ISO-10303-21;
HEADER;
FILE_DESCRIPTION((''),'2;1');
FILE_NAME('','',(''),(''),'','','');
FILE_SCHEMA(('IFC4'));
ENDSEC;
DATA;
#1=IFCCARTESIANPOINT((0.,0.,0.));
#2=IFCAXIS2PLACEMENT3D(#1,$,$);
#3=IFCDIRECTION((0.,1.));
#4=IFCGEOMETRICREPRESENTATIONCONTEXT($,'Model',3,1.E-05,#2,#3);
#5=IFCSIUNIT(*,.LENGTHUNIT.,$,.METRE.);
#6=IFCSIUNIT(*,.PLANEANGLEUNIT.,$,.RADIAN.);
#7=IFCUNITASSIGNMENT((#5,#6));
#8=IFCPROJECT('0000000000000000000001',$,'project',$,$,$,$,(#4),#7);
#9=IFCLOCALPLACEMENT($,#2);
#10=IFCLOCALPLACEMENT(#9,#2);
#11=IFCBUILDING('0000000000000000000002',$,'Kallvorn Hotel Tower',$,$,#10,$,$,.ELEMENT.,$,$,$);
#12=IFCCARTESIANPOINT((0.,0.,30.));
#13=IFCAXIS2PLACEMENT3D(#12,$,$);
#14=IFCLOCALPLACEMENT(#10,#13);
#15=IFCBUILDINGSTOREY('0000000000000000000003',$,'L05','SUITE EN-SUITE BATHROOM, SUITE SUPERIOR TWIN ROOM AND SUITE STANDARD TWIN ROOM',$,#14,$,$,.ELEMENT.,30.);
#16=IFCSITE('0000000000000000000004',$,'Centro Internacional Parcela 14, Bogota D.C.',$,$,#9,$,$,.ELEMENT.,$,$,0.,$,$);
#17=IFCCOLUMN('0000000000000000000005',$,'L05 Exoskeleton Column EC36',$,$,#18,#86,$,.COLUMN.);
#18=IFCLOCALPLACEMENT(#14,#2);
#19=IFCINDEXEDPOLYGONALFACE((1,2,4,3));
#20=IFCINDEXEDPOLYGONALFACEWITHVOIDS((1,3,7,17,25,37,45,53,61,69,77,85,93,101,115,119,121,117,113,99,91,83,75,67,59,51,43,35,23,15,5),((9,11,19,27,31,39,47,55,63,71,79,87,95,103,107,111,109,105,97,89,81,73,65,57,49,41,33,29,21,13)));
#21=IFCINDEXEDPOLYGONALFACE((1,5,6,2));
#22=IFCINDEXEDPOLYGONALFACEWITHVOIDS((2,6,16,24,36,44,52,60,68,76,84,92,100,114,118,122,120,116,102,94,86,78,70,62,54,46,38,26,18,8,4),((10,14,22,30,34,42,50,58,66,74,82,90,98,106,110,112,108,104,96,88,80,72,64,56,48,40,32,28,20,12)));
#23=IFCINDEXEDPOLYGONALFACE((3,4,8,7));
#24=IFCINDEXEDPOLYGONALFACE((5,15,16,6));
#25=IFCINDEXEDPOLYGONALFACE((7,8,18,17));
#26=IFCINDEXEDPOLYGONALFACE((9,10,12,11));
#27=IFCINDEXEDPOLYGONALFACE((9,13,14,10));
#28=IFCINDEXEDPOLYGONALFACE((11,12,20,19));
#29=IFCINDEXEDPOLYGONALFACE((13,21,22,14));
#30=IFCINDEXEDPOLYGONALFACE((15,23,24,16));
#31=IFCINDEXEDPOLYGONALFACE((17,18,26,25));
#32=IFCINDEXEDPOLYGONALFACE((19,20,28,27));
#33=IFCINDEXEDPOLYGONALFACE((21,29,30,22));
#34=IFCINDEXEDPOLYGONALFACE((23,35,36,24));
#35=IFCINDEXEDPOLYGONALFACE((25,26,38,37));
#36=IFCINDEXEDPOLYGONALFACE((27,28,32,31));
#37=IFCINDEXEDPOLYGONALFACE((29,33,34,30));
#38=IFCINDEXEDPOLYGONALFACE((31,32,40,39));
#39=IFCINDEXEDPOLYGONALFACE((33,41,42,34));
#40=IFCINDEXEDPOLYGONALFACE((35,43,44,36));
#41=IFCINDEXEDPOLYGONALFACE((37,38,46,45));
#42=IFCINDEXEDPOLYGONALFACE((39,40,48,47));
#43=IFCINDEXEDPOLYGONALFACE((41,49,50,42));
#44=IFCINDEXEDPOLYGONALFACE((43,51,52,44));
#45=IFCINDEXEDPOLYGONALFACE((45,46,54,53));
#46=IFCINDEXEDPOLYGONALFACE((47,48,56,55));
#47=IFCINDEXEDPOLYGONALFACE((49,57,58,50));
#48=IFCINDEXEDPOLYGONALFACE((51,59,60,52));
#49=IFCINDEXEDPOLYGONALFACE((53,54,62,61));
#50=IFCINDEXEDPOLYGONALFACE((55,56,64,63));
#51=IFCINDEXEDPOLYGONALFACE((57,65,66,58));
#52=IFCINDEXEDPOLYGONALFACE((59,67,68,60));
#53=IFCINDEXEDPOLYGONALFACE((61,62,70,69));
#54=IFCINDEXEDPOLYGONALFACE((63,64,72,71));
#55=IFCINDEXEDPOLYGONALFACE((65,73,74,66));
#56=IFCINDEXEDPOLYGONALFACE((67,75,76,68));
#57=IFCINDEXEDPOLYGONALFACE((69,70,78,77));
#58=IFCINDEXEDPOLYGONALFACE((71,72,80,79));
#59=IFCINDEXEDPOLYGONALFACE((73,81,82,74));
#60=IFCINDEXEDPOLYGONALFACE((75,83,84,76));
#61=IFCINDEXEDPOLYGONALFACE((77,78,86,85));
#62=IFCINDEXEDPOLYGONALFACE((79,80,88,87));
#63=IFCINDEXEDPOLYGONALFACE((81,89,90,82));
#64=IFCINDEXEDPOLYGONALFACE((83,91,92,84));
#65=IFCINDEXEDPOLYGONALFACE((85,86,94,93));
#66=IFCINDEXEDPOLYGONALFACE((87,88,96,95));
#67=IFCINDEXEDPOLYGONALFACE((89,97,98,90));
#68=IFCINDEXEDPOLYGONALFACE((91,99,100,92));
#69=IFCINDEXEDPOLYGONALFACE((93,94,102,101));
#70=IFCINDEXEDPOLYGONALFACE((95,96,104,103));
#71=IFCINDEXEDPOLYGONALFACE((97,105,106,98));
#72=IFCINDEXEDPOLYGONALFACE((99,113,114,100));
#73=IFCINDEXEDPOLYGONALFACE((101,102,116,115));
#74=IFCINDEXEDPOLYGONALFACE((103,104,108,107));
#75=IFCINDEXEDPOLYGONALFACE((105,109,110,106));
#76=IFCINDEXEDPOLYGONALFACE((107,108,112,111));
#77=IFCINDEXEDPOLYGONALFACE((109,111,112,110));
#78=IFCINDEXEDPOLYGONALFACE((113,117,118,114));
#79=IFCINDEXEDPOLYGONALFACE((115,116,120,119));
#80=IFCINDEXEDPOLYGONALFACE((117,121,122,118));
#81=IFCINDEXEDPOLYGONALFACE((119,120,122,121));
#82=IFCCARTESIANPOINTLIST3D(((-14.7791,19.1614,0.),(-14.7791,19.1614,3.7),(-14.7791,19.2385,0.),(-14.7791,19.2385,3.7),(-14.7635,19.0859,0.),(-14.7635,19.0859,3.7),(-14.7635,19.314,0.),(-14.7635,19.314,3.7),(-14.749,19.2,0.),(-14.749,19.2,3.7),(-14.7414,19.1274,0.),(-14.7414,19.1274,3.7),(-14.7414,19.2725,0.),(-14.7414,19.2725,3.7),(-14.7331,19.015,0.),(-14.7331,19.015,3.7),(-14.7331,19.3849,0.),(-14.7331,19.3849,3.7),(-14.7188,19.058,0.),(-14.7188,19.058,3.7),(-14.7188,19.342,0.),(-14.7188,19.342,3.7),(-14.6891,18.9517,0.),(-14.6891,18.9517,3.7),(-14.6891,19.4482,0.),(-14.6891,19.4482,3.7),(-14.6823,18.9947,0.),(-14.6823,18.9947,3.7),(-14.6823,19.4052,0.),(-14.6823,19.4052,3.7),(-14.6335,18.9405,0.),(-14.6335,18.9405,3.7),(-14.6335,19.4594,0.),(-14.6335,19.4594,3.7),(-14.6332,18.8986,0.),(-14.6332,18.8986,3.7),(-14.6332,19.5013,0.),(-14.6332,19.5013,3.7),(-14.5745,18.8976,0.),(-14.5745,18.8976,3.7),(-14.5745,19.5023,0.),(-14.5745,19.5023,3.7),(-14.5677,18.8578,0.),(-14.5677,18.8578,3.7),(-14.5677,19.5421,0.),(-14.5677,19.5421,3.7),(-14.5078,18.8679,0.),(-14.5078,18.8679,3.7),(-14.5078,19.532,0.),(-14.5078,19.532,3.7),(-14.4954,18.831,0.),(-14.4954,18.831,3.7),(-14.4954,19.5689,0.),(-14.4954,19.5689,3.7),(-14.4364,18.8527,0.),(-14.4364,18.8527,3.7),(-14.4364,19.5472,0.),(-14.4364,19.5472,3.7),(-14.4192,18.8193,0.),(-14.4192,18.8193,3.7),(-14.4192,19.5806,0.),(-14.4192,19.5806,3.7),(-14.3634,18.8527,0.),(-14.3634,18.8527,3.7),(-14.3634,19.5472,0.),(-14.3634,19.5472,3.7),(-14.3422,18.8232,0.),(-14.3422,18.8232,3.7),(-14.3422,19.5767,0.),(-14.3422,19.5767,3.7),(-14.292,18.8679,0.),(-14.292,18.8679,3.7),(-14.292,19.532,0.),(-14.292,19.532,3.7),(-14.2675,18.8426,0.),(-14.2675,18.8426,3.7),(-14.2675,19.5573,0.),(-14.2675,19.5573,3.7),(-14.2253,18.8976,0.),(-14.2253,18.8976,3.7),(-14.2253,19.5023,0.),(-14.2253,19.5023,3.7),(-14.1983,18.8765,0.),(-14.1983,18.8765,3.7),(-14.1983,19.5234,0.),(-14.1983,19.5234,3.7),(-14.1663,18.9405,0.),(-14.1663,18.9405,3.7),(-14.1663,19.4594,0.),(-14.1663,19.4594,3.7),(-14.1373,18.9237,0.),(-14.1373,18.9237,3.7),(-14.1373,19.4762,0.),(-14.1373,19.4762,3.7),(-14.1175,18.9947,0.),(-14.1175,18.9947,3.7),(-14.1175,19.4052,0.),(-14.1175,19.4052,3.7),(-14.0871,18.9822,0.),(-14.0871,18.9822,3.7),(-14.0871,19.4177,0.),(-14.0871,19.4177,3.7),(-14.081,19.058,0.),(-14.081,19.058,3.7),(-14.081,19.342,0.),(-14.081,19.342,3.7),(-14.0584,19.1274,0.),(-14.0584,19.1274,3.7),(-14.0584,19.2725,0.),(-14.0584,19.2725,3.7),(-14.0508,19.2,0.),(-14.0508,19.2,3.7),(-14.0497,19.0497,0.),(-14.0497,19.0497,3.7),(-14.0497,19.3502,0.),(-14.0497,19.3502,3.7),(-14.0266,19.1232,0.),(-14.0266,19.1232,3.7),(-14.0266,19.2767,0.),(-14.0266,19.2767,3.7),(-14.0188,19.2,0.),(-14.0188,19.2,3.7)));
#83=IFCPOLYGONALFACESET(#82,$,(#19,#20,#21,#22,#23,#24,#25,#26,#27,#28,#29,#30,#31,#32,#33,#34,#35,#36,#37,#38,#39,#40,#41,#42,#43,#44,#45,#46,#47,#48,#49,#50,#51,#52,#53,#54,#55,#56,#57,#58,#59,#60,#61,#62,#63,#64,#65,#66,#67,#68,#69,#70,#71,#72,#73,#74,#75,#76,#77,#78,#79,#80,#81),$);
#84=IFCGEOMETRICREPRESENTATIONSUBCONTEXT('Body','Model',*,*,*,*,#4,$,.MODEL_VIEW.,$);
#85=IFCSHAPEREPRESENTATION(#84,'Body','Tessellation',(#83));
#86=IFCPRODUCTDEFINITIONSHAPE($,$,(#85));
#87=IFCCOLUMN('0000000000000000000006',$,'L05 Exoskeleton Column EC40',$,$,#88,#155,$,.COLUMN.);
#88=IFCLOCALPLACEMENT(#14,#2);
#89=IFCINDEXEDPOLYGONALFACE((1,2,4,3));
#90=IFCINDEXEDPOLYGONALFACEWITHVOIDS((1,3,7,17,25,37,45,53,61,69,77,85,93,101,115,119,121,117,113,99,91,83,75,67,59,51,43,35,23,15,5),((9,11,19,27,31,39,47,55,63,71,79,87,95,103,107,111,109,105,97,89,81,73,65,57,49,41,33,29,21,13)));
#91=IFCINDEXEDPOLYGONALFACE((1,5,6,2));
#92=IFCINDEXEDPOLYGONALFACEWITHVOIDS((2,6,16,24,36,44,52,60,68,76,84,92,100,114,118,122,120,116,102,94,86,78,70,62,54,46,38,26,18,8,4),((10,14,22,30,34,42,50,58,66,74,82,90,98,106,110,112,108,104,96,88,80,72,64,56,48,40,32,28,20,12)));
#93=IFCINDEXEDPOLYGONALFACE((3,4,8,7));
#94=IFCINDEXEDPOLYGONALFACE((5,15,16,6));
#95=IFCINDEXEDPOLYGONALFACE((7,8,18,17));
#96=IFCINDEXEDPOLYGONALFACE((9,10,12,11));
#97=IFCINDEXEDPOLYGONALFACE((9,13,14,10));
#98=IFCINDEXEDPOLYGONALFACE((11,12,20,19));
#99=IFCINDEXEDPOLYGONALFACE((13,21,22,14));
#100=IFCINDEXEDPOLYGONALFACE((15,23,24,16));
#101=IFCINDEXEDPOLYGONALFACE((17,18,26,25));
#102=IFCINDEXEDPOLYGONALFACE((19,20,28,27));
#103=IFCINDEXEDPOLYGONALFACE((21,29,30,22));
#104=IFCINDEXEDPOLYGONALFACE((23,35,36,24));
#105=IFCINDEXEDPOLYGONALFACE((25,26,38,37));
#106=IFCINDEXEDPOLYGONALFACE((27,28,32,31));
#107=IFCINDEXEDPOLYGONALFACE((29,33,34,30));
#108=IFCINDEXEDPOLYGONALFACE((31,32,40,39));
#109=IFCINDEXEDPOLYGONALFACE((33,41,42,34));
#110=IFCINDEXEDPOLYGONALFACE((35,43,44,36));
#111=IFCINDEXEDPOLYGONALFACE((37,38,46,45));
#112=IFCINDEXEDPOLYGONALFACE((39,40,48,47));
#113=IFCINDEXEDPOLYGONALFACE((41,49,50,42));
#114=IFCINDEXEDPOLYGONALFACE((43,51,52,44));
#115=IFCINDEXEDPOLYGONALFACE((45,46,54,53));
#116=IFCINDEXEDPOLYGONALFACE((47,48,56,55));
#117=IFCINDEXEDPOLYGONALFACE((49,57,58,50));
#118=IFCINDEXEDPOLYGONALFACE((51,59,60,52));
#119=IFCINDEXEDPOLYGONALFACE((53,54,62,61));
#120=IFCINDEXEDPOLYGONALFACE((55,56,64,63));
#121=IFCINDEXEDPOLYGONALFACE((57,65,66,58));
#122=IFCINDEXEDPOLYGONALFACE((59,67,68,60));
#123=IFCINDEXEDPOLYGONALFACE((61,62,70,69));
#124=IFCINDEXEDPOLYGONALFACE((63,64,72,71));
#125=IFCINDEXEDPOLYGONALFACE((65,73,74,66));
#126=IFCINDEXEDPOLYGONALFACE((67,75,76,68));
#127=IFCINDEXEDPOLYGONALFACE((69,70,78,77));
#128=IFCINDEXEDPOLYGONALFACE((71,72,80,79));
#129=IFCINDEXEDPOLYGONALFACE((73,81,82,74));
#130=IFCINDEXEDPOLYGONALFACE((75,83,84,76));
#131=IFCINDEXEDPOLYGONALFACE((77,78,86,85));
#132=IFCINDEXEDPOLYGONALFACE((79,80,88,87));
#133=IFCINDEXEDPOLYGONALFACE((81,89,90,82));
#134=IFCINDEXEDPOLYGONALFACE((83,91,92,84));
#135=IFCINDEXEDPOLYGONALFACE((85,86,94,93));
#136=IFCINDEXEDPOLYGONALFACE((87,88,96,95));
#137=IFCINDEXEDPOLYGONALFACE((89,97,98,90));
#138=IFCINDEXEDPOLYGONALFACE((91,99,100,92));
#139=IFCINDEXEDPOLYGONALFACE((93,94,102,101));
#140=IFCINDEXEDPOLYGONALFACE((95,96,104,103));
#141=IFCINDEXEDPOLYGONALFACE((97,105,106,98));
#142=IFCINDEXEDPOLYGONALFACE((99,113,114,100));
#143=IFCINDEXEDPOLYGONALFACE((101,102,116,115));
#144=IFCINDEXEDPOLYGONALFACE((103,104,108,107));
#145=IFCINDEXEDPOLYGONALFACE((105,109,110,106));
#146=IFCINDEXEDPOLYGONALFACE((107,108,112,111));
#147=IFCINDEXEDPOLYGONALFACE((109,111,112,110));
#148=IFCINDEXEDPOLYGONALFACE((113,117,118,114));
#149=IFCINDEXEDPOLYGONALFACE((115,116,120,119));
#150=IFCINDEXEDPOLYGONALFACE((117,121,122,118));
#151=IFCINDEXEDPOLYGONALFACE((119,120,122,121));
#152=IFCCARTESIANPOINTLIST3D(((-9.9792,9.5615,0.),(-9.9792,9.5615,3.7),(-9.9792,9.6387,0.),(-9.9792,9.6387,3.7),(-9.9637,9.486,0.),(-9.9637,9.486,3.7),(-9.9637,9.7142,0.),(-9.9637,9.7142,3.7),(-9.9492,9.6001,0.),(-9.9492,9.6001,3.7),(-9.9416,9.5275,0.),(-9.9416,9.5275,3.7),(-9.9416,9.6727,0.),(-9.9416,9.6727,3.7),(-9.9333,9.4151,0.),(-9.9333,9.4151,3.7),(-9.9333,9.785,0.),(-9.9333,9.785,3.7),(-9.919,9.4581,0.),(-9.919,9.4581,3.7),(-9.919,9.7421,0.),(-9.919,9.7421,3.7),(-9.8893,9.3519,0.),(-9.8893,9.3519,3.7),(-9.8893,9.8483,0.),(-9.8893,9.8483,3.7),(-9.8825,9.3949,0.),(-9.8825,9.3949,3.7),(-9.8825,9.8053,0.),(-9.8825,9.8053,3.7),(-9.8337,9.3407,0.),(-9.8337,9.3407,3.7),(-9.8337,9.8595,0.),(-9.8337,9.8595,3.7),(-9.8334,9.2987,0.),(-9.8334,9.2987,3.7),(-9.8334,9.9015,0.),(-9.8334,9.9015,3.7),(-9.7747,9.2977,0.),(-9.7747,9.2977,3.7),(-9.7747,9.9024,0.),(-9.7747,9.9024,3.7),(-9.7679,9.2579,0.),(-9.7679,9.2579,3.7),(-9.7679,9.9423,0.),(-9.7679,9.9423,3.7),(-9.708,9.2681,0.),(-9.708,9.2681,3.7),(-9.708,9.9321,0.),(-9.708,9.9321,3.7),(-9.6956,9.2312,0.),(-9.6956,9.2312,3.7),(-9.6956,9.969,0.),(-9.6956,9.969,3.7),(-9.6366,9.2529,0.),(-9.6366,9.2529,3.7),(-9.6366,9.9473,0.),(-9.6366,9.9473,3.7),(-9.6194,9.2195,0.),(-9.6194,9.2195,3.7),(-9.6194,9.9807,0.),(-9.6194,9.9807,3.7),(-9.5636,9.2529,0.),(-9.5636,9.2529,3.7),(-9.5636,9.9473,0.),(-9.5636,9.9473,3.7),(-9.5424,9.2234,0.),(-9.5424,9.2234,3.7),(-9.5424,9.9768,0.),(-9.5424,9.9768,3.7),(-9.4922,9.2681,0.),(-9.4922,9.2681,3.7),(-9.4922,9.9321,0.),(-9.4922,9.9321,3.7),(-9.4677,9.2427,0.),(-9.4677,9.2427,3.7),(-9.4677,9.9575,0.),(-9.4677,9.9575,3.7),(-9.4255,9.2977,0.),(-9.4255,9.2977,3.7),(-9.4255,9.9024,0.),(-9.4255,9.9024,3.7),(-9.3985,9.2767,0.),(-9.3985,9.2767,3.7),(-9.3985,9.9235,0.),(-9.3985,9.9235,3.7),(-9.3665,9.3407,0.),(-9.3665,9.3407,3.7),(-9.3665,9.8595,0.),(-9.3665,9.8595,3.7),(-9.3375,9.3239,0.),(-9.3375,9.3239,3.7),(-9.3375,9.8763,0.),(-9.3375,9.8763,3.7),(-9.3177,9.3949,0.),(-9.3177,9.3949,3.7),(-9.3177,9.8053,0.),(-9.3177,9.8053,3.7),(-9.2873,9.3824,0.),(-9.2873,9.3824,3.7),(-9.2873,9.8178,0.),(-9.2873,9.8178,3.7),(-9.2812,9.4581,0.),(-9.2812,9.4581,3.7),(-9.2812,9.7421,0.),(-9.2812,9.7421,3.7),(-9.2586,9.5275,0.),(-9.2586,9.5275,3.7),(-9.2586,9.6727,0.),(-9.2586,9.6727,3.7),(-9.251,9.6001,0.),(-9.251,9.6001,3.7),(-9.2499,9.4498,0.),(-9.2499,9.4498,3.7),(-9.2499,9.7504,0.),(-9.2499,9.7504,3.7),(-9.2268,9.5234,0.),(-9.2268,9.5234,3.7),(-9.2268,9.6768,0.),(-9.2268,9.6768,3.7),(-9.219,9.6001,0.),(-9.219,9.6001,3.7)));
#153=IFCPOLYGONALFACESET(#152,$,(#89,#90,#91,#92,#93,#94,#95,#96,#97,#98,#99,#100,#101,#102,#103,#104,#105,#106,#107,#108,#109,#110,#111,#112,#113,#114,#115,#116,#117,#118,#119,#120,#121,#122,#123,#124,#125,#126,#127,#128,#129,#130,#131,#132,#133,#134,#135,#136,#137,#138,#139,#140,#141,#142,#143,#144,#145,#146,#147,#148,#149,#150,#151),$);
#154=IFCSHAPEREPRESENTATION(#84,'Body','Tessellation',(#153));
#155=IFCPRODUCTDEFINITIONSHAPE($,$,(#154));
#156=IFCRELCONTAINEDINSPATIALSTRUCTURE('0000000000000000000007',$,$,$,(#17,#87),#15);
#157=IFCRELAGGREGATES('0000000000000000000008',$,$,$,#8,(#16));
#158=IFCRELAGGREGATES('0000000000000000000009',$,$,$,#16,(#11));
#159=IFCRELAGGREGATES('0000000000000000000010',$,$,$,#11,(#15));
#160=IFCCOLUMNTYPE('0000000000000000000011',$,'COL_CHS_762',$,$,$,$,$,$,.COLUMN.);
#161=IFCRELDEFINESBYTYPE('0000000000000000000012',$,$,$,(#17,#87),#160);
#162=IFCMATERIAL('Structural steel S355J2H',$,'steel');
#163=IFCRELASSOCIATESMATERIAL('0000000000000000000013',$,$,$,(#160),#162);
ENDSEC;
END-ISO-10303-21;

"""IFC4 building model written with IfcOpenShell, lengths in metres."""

from ifc_helpers import new_model, si_unit, direction, frame, origin, origin_2d, place, context, subcontext, project, spatial, hollow_circle, extrude, material, material_profile, profile_set, type_object, element, save


model = new_model("IFC4")

# Units and contexts
model_context = context("Model", 3, precision=1e-05, world=origin(), true_north=direction((0.0, 1.0)))
body_context = subcontext(model_context, "Body", "Model", "MODEL_VIEW")
ifc_project = project(units=[si_unit("LENGTHUNIT", "METRE"), si_unit("PLANEANGLEUNIT", "RADIAN")], contexts=[model_context])

# Site, building, storey
site_placement = place(None, origin())
site = spatial("IfcSite", under=ifc_project, at=site_placement, Name="Centro Internacional Parcela 14, Bogota D.C.", CompositionType="ELEMENT", RefElevation=0.0)
building_placement = place(site_placement, origin())
building = spatial("IfcBuilding", under=site, at=building_placement, Name="Kallvorn Hotel Tower", CompositionType="ELEMENT")
storey_placement = place(building_placement, frame((0.0, 0.0, 30.0)))
storey = spatial("IfcBuildingStorey", under=building, at=storey_placement, Name="L05", Description="SUITE EN-SUITE BATHROOM, SUITE SUPERIOR TWIN ROOM AND SUITE STANDARD TWIN ROOM", CompositionType="ELEMENT", Elevation=30.0)

# Columns
ifc_material_1 = material(Name="Structural steel S355J2H", Category="steel")
ifc_material_profile_1 = material_profile(ifc_material_1, hollow_circle(Radius=0.3811, WallThickness=0.032, at=origin_2d()), Name="CHS 762x32")
ifc_profile_set_1 = profile_set([ifc_material_profile_1], Name="Structural steel S355J2H")
column_type_1 = type_object("IfcColumnType", Name="COL_CHS_762", PredefinedType="COLUMN", material=ifc_profile_set_1)
for number, where, z_axis, x_axis, name in (
    (1, (-14.3999, 19.2, 0.0), (0.0, 0.0, 1.0), (1.0, 0.0, 0.0), "L05 Exoskeleton Column EC36"),
    (2, (-9.6001, 9.6001, 0.0), (0.0, 0.0, 1.0), (1.0, 0.0, 0.0), "L05 Exoskeleton Column EC40"),
):
    element("IfcColumn", number, at=place(storey_placement, frame(where, z_axis=z_axis, x_axis=x_axis)), inside=storey, type_object=column_type_1, Name=name, PredefinedType="COLUMN", context=body_context, shape_type="SweptSolid", body=[
        extrude(hollow_circle(Radius=0.3811, WallThickness=0.032, at=origin_2d()), origin(), (0.0, 0.0, 1.0), 3.7),
    ])

save(model, "model.ifc")
